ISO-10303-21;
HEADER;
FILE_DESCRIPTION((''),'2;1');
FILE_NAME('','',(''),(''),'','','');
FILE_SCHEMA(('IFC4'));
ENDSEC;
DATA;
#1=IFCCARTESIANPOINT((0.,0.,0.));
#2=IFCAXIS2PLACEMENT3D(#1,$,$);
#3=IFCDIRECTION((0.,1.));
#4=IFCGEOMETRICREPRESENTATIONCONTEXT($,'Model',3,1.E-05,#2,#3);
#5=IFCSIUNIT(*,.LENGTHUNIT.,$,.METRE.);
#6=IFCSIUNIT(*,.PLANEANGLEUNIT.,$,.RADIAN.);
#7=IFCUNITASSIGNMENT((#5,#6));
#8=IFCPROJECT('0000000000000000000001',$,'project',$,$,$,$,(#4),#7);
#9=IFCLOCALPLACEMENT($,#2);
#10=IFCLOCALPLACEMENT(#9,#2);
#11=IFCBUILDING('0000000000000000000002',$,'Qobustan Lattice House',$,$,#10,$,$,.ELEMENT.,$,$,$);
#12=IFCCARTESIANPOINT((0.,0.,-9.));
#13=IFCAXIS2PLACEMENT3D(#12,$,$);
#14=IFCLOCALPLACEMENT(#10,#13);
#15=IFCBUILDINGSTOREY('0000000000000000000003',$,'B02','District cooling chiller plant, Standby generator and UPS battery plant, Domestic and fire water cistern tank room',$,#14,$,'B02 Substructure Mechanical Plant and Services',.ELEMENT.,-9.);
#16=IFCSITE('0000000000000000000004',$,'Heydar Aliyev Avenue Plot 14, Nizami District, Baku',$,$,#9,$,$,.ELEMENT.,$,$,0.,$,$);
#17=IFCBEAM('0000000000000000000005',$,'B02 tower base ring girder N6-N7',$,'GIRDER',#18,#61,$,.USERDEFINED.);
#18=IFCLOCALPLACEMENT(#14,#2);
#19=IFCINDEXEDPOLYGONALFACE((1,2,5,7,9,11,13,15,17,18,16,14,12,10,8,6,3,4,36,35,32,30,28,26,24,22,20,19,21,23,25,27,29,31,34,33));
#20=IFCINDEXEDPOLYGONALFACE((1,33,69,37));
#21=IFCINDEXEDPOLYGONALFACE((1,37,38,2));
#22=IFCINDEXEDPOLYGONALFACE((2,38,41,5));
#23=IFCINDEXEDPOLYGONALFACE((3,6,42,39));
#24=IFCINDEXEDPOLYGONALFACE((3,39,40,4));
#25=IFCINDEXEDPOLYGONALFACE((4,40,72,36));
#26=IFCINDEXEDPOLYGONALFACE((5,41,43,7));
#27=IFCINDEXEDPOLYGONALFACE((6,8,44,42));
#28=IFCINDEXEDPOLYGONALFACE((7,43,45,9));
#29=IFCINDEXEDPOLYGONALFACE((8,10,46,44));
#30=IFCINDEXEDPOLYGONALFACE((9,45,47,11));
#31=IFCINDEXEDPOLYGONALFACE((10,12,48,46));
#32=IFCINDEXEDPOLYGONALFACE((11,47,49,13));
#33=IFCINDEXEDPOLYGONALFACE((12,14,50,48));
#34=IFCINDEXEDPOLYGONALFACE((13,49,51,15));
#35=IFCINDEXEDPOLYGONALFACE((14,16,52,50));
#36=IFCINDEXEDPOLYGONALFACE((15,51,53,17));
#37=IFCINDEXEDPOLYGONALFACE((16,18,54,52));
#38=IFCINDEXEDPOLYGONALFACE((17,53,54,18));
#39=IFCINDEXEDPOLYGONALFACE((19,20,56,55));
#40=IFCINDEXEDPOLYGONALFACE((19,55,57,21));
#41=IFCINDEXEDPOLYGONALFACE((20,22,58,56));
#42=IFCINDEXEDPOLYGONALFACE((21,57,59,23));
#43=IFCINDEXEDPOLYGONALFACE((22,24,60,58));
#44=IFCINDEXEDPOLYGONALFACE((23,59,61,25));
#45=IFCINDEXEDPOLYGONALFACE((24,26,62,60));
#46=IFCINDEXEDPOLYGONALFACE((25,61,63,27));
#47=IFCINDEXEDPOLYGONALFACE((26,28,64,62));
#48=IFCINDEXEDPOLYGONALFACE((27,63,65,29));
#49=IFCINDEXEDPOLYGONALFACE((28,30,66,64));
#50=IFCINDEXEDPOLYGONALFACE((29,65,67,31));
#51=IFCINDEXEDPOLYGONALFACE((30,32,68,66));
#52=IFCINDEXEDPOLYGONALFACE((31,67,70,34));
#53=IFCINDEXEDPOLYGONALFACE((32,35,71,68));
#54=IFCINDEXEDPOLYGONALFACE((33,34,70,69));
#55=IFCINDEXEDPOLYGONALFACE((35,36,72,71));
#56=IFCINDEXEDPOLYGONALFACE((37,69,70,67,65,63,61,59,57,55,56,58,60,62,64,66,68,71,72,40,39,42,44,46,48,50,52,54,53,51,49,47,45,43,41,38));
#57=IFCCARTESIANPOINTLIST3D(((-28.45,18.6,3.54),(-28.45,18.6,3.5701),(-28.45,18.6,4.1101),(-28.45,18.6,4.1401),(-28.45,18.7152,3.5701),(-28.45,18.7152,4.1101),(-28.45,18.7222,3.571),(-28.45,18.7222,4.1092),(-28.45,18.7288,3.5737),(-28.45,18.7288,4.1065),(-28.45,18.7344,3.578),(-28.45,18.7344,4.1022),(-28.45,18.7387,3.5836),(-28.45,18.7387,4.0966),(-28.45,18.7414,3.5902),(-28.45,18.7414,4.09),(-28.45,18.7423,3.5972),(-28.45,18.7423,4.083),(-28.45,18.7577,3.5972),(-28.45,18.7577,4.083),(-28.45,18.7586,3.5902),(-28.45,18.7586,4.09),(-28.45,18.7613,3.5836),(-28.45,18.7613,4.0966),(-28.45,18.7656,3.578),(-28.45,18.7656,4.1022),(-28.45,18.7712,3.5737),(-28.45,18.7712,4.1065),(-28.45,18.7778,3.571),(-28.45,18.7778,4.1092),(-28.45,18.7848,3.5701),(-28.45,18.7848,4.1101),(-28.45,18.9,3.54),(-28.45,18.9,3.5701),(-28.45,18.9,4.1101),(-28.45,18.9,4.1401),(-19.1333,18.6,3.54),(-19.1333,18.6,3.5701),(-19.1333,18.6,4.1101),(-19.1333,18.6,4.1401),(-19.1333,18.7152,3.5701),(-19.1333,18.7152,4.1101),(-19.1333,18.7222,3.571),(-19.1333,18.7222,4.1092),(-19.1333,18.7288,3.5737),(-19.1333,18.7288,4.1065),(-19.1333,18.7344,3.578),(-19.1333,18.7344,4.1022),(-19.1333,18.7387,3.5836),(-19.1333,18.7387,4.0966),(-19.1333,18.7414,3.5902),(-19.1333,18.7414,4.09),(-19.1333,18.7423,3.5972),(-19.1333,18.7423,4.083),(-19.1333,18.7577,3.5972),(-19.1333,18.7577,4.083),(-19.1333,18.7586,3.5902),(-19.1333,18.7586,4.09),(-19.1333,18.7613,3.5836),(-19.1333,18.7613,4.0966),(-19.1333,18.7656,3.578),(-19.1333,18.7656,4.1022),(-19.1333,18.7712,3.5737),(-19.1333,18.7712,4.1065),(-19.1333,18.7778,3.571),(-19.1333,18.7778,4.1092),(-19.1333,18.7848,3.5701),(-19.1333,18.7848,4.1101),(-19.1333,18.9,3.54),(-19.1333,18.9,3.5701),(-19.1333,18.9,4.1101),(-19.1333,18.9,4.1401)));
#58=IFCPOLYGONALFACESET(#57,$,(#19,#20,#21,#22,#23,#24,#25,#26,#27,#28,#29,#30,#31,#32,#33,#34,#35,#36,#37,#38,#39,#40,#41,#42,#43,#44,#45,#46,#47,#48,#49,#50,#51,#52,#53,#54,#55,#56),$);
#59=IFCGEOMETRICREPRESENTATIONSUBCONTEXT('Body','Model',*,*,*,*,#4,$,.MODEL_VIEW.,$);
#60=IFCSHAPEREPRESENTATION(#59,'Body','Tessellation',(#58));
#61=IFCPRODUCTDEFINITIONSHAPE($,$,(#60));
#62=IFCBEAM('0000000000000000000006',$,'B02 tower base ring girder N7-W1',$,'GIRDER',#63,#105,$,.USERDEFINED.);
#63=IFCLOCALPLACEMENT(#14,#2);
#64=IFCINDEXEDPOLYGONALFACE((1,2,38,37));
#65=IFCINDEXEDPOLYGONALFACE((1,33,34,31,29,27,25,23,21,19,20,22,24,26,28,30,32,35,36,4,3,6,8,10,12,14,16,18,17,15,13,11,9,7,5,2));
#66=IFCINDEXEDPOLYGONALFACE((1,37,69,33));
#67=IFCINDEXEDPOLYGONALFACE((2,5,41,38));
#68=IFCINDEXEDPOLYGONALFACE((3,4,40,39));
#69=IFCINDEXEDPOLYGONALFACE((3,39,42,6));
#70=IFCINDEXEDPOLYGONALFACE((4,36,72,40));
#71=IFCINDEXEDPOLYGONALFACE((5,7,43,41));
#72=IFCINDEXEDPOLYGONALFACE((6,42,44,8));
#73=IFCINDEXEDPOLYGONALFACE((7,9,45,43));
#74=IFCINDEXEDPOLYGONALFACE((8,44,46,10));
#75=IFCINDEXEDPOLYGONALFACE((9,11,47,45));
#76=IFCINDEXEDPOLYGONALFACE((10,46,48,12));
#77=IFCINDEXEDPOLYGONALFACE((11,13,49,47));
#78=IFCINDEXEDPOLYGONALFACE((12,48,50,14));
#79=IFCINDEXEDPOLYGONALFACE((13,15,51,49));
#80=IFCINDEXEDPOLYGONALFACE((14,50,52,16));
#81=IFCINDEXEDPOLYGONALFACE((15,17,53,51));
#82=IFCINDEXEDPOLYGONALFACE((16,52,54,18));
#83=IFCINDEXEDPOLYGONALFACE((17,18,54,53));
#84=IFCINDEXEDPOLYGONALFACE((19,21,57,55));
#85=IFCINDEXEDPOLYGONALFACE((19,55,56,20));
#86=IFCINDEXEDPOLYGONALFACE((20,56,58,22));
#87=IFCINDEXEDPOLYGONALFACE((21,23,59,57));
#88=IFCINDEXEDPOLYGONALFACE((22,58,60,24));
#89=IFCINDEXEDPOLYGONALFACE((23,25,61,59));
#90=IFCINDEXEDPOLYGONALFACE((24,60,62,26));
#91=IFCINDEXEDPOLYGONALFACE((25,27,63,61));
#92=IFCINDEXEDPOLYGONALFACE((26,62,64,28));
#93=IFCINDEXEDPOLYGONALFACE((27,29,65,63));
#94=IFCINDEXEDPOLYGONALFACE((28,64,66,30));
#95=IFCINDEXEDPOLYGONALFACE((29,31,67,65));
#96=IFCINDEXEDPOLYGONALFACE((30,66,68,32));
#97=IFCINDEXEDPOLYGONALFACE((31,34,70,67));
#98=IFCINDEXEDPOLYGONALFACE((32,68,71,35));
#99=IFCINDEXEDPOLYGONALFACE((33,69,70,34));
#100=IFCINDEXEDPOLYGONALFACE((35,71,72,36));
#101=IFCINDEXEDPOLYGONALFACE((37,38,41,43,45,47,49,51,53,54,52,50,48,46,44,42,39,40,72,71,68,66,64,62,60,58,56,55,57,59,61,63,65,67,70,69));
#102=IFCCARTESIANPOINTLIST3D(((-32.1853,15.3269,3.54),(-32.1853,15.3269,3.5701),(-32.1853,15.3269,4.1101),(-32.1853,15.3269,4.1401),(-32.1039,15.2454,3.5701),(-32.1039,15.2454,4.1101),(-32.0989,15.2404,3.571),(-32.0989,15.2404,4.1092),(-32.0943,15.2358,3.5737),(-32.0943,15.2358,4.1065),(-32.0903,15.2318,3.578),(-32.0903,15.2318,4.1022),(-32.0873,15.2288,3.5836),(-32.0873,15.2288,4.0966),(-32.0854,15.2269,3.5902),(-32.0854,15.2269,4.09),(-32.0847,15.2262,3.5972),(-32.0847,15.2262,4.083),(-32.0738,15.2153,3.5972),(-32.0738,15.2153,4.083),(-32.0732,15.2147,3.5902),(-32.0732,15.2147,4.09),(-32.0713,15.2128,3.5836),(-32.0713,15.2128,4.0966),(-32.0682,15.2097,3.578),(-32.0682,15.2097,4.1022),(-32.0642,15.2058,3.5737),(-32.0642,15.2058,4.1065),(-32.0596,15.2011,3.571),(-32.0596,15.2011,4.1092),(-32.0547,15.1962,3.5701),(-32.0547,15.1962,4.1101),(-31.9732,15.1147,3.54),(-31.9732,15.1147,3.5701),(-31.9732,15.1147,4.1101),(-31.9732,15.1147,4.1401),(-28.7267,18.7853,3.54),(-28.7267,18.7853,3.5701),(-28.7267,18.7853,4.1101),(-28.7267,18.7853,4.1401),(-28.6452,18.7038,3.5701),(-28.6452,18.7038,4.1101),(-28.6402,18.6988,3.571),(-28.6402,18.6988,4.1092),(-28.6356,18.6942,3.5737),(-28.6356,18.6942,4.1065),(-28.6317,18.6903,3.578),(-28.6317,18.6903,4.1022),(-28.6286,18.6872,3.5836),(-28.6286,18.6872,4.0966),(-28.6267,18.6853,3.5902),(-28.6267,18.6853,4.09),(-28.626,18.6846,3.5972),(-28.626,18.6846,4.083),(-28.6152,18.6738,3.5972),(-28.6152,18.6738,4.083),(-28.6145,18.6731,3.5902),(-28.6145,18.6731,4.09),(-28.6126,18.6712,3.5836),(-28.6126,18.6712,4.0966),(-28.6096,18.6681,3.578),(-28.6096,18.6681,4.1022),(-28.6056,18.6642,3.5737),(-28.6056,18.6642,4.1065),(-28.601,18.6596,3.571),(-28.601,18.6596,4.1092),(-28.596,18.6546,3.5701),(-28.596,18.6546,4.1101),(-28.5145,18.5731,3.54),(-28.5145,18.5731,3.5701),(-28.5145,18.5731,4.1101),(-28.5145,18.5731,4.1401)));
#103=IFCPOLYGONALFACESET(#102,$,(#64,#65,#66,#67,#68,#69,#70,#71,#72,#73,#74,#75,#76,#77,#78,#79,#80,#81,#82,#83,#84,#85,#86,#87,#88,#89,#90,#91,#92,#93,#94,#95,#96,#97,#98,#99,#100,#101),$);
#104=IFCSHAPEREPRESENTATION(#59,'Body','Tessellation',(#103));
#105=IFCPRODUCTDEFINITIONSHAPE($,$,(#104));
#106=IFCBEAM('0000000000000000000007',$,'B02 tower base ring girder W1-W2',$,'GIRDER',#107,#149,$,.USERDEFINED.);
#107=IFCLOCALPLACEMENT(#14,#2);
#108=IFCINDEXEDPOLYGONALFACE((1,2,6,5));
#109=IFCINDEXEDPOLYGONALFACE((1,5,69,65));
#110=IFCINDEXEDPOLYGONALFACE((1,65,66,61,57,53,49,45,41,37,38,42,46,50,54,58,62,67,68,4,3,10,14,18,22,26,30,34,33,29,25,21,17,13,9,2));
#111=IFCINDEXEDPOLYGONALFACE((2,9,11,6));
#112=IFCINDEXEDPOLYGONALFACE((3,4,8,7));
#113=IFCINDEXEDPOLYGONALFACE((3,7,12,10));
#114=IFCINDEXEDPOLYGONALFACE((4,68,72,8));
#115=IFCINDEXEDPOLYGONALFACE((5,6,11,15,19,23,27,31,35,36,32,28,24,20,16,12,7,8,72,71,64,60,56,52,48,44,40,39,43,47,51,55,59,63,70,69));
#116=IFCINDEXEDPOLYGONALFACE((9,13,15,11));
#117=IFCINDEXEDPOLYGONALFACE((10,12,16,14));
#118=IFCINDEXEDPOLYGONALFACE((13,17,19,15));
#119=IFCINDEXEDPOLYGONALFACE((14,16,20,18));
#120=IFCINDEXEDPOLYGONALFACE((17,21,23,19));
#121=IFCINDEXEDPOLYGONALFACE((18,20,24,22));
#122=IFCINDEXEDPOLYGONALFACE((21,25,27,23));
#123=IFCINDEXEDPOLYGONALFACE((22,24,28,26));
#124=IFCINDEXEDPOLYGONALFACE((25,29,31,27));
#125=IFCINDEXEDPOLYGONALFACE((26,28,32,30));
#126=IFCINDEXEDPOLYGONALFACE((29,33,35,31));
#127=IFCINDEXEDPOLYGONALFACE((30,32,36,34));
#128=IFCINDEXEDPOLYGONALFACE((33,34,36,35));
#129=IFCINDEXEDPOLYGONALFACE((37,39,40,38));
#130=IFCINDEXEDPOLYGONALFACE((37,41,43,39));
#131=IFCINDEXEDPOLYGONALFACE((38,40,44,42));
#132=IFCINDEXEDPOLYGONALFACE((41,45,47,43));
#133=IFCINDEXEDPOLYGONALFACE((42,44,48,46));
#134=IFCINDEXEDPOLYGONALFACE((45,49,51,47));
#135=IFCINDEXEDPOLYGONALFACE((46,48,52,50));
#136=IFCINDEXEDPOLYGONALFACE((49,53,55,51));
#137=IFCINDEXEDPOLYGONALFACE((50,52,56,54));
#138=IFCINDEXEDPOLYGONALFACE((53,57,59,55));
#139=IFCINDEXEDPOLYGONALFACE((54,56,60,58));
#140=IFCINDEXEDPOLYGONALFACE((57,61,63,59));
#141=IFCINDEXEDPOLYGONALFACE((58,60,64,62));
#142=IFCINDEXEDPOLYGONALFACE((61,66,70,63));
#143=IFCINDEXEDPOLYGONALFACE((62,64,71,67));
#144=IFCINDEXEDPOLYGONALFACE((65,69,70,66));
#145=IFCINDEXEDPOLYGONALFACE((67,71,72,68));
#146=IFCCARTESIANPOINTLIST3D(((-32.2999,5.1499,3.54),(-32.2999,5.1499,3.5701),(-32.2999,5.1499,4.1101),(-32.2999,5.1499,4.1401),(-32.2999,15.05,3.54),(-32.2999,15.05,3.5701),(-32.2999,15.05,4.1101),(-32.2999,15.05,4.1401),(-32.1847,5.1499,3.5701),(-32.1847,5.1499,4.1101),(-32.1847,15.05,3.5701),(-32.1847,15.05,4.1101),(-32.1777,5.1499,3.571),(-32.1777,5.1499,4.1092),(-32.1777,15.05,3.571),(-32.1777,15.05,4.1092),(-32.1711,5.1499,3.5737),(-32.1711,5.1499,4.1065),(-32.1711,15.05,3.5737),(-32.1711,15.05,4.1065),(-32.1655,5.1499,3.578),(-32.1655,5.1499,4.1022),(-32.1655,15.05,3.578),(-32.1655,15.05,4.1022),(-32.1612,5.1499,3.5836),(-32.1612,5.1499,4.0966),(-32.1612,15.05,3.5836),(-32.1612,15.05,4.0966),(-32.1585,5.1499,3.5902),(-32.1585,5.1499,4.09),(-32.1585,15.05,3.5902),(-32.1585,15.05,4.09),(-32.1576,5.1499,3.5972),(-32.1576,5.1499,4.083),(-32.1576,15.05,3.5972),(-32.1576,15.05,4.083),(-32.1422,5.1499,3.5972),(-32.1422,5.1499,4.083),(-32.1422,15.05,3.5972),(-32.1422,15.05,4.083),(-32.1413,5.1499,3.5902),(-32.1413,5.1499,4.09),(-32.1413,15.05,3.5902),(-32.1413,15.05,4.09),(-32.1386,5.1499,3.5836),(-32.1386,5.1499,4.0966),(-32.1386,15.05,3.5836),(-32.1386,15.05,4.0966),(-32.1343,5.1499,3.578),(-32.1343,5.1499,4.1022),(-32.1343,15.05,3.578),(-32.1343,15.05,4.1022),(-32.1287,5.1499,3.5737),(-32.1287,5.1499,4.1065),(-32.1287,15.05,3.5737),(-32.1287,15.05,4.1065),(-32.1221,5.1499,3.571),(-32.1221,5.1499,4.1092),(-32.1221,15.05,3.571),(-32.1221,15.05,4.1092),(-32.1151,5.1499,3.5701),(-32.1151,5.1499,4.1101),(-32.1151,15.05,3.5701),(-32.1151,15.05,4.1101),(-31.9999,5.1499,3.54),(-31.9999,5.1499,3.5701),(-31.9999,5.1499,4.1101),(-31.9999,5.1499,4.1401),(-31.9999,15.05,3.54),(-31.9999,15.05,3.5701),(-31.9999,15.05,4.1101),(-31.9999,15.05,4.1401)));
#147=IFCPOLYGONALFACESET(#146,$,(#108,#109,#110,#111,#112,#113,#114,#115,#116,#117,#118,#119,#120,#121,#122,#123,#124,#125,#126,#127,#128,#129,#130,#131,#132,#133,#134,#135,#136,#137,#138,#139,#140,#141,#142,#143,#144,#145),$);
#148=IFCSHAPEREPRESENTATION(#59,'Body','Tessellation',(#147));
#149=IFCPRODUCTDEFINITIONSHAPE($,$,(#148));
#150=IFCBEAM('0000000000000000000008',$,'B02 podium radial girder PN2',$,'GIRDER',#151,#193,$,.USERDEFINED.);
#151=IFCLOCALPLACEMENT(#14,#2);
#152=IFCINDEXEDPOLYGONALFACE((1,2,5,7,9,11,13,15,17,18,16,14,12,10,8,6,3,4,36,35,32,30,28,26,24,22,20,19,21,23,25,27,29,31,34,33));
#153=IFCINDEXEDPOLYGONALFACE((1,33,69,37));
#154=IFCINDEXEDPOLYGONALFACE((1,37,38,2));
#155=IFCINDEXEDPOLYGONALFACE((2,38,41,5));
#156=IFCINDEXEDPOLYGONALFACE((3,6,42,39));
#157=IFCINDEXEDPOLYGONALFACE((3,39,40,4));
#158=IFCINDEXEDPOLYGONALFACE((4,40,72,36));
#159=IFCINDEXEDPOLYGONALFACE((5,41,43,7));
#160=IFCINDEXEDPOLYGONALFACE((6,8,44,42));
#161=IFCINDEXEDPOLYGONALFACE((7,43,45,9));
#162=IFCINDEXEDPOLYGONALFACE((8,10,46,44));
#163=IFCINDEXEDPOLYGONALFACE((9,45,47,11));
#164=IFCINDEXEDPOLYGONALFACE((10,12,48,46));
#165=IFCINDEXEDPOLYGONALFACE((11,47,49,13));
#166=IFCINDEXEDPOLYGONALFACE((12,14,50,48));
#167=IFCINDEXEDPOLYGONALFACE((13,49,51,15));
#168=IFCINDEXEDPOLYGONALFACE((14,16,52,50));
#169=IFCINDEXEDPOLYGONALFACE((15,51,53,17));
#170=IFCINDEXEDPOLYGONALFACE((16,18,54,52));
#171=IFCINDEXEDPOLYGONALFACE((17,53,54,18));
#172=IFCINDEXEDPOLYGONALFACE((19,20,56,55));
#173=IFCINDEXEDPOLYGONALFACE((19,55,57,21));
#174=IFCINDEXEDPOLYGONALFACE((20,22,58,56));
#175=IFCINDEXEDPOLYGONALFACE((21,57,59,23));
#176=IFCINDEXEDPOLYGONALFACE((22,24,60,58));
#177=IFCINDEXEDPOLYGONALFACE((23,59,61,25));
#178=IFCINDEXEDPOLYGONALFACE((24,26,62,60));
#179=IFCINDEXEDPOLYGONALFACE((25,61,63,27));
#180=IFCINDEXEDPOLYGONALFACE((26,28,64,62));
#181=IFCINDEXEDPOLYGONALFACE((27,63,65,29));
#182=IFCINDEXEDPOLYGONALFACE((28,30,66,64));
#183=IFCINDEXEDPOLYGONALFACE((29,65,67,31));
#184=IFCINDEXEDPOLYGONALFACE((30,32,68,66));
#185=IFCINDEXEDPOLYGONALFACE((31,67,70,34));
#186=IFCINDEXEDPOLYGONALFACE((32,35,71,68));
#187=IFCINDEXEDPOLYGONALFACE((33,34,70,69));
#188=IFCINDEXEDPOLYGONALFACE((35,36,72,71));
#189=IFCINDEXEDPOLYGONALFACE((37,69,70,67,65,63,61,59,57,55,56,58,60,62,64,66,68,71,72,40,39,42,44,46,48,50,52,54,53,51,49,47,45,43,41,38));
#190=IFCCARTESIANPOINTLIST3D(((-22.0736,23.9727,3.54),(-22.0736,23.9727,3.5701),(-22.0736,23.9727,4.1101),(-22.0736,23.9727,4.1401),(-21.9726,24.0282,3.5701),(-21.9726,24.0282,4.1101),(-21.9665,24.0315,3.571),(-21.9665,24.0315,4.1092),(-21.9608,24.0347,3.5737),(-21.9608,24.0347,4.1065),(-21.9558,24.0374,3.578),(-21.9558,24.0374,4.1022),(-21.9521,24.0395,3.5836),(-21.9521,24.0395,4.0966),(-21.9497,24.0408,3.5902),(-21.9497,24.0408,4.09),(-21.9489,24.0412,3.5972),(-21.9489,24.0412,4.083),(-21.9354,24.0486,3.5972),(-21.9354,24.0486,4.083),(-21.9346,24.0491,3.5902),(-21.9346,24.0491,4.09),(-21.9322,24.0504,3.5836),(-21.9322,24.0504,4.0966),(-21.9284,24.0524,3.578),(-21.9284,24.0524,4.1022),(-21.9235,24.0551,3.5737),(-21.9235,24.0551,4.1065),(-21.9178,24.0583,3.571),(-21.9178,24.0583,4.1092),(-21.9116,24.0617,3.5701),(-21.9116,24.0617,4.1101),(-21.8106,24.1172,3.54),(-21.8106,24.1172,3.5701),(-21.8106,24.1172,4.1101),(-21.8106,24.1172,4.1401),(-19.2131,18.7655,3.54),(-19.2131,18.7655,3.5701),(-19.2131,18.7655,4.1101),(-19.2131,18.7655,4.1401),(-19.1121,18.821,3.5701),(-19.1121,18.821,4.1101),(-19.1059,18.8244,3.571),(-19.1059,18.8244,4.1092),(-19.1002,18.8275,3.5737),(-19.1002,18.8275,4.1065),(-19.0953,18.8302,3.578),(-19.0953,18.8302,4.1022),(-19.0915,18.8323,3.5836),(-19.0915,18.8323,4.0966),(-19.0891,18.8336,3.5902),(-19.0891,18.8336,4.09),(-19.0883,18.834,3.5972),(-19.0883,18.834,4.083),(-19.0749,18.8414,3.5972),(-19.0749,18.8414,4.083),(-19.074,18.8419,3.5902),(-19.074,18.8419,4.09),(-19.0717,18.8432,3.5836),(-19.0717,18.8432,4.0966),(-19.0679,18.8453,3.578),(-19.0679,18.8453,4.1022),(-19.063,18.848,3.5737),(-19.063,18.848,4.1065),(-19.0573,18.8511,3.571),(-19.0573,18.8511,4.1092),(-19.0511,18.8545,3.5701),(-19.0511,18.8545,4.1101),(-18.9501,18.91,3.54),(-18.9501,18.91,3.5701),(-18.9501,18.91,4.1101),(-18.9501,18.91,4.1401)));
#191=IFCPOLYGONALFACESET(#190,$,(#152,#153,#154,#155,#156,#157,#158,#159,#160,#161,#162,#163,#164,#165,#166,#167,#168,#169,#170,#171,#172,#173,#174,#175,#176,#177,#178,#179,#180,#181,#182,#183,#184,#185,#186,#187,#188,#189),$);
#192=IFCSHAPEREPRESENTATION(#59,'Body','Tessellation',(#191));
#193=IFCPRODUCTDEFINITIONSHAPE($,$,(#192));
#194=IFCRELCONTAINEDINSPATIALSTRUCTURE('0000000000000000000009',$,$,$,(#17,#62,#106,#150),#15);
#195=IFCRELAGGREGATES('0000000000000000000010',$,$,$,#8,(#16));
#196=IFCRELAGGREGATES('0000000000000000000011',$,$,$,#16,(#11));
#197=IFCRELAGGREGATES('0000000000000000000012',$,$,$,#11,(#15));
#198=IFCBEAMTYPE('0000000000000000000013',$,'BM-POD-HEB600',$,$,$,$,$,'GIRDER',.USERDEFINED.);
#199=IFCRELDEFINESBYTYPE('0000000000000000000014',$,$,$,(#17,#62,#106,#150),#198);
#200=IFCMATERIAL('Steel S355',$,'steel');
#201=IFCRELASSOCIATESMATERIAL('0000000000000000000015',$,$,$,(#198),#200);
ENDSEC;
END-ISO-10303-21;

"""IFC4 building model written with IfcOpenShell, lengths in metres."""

from ifc_helpers import new_model, si_unit, direction, frame, origin, origin_2d, place, context, subcontext, project, spatial, i_section, extrude, material, material_profile, profile_set, type_object, element, save


model = new_model("IFC4")

# Units and contexts
model_context = context("Model", 3, precision=1e-05, world=origin(), true_north=direction((0.0, 1.0)))
body_context = subcontext(model_context, "Body", "Model", "MODEL_VIEW")
ifc_project = project(units=[si_unit("LENGTHUNIT", "METRE"), si_unit("PLANEANGLEUNIT", "RADIAN")], contexts=[model_context])

# Site, building, storey
site_placement = place(None, origin())
site = spatial("IfcSite", under=ifc_project, at=site_placement, Name="Heydar Aliyev Avenue Plot 14, Nizami District, Baku", CompositionType="ELEMENT", RefElevation=0.0)
building_placement = place(site_placement, origin())
building = spatial("IfcBuilding", under=site, at=building_placement, Name="Qobustan Lattice House", CompositionType="ELEMENT")
storey_placement = place(building_placement, frame((0.0, 0.0, -9.0)))
storey = spatial("IfcBuildingStorey", under=building, at=storey_placement, Name="B02", Description="District cooling chiller plant, Standby generator and UPS battery plant, Domestic and fire water cistern tank room", LongName="B02 Substructure Mechanical Plant and Services", CompositionType="ELEMENT", Elevation=-9.0)

# Beams
ifc_material_1 = material(Name="Steel S355", Category="steel")
ifc_material_profile_1 = material_profile(ifc_material_1, i_section(OverallWidth=0.3, OverallDepth=0.6001, WebThickness=0.0154, FlangeThickness=0.03, FilletRadius=0.0271, at=origin_2d()), Name="HEB600")
ifc_profile_set_1 = profile_set([ifc_material_profile_1], Name="Steel S355")
beam_type_1 = type_object("IfcBeamType", Name="BM-POD-HEB600", ElementType="GIRDER", PredefinedType="USERDEFINED", material=ifc_profile_set_1)
beam_1_placement = place(storey_placement, frame((-19.1333, 18.75, 3.8401), z_axis=(-1.0, 0.0, 0.0), x_axis=(0.0, -1.0, 0.0)))
element("IfcBeam", 1, at=beam_1_placement, inside=storey, type_object=beam_type_1, Name="B02 tower base ring girder N6-N7", ObjectType="GIRDER", PredefinedType="USERDEFINED", context=body_context, shape_type="SweptSolid", body=[
    extrude(i_section(OverallWidth=0.3, OverallDepth=0.6001, WebThickness=0.0154, FlangeThickness=0.03, FilletRadius=0.0271, at=origin_2d()), origin(), (0.0, 0.0, 1.0), 9.3167),
])
beam_2_placement = place(storey_placement, frame((-28.6206, 18.6792, 3.8401), z_axis=(-0.707132, -0.707082, 0.0), x_axis=(0.707082, -0.707132, 0.0)))
element("IfcBeam", 2, at=beam_2_placement, inside=storey, type_object=beam_type_1, Name="B02 tower base ring girder N7-W1", ObjectType="GIRDER", PredefinedType="USERDEFINED", context=body_context, shape_type="SweptSolid", body=[
    extrude(i_section(OverallWidth=0.3, OverallDepth=0.6001, WebThickness=0.0154, FlangeThickness=0.03, FilletRadius=0.0271, at=origin_2d()), origin(), (0.0, 0.0, 1.0), 4.8911),
])
beam_3_placement = place(storey_placement, frame((-32.1499, 15.05, 3.8401), z_axis=(0.0, -1.0, 0.0), x_axis=(1.0, 0.0, 0.0)))
element("IfcBeam", 3, at=beam_3_placement, inside=storey, type_object=beam_type_1, Name="B02 tower base ring girder W1-W2", ObjectType="GIRDER", PredefinedType="USERDEFINED", context=body_context, shape_type="SweptSolid", body=[
    extrude(i_section(OverallWidth=0.3, OverallDepth=0.6001, WebThickness=0.0154, FlangeThickness=0.03, FilletRadius=0.0271, at=origin_2d()), origin(), (0.0, 0.0, 1.0), 9.9001),
])
beam_4_placement = place(storey_placement, frame((-21.9421, 24.0449, 3.8401), z_axis=(0.481479, -0.876458, 0.0), x_axis=(0.876458, 0.481479, 0.0)))
element("IfcBeam", 4, at=beam_4_placement, inside=storey, type_object=beam_type_1, Name="B02 podium radial girder PN2", ObjectType="GIRDER", PredefinedType="USERDEFINED", context=body_context, shape_type="SweptSolid", body=[
    extrude(i_section(OverallWidth=0.3, OverallDepth=0.6001, WebThickness=0.0154, FlangeThickness=0.03, FilletRadius=0.0271, at=origin_2d()), origin(), (0.0, 0.0, 1.0), 5.9412),
])

save(model, "model.ifc")
